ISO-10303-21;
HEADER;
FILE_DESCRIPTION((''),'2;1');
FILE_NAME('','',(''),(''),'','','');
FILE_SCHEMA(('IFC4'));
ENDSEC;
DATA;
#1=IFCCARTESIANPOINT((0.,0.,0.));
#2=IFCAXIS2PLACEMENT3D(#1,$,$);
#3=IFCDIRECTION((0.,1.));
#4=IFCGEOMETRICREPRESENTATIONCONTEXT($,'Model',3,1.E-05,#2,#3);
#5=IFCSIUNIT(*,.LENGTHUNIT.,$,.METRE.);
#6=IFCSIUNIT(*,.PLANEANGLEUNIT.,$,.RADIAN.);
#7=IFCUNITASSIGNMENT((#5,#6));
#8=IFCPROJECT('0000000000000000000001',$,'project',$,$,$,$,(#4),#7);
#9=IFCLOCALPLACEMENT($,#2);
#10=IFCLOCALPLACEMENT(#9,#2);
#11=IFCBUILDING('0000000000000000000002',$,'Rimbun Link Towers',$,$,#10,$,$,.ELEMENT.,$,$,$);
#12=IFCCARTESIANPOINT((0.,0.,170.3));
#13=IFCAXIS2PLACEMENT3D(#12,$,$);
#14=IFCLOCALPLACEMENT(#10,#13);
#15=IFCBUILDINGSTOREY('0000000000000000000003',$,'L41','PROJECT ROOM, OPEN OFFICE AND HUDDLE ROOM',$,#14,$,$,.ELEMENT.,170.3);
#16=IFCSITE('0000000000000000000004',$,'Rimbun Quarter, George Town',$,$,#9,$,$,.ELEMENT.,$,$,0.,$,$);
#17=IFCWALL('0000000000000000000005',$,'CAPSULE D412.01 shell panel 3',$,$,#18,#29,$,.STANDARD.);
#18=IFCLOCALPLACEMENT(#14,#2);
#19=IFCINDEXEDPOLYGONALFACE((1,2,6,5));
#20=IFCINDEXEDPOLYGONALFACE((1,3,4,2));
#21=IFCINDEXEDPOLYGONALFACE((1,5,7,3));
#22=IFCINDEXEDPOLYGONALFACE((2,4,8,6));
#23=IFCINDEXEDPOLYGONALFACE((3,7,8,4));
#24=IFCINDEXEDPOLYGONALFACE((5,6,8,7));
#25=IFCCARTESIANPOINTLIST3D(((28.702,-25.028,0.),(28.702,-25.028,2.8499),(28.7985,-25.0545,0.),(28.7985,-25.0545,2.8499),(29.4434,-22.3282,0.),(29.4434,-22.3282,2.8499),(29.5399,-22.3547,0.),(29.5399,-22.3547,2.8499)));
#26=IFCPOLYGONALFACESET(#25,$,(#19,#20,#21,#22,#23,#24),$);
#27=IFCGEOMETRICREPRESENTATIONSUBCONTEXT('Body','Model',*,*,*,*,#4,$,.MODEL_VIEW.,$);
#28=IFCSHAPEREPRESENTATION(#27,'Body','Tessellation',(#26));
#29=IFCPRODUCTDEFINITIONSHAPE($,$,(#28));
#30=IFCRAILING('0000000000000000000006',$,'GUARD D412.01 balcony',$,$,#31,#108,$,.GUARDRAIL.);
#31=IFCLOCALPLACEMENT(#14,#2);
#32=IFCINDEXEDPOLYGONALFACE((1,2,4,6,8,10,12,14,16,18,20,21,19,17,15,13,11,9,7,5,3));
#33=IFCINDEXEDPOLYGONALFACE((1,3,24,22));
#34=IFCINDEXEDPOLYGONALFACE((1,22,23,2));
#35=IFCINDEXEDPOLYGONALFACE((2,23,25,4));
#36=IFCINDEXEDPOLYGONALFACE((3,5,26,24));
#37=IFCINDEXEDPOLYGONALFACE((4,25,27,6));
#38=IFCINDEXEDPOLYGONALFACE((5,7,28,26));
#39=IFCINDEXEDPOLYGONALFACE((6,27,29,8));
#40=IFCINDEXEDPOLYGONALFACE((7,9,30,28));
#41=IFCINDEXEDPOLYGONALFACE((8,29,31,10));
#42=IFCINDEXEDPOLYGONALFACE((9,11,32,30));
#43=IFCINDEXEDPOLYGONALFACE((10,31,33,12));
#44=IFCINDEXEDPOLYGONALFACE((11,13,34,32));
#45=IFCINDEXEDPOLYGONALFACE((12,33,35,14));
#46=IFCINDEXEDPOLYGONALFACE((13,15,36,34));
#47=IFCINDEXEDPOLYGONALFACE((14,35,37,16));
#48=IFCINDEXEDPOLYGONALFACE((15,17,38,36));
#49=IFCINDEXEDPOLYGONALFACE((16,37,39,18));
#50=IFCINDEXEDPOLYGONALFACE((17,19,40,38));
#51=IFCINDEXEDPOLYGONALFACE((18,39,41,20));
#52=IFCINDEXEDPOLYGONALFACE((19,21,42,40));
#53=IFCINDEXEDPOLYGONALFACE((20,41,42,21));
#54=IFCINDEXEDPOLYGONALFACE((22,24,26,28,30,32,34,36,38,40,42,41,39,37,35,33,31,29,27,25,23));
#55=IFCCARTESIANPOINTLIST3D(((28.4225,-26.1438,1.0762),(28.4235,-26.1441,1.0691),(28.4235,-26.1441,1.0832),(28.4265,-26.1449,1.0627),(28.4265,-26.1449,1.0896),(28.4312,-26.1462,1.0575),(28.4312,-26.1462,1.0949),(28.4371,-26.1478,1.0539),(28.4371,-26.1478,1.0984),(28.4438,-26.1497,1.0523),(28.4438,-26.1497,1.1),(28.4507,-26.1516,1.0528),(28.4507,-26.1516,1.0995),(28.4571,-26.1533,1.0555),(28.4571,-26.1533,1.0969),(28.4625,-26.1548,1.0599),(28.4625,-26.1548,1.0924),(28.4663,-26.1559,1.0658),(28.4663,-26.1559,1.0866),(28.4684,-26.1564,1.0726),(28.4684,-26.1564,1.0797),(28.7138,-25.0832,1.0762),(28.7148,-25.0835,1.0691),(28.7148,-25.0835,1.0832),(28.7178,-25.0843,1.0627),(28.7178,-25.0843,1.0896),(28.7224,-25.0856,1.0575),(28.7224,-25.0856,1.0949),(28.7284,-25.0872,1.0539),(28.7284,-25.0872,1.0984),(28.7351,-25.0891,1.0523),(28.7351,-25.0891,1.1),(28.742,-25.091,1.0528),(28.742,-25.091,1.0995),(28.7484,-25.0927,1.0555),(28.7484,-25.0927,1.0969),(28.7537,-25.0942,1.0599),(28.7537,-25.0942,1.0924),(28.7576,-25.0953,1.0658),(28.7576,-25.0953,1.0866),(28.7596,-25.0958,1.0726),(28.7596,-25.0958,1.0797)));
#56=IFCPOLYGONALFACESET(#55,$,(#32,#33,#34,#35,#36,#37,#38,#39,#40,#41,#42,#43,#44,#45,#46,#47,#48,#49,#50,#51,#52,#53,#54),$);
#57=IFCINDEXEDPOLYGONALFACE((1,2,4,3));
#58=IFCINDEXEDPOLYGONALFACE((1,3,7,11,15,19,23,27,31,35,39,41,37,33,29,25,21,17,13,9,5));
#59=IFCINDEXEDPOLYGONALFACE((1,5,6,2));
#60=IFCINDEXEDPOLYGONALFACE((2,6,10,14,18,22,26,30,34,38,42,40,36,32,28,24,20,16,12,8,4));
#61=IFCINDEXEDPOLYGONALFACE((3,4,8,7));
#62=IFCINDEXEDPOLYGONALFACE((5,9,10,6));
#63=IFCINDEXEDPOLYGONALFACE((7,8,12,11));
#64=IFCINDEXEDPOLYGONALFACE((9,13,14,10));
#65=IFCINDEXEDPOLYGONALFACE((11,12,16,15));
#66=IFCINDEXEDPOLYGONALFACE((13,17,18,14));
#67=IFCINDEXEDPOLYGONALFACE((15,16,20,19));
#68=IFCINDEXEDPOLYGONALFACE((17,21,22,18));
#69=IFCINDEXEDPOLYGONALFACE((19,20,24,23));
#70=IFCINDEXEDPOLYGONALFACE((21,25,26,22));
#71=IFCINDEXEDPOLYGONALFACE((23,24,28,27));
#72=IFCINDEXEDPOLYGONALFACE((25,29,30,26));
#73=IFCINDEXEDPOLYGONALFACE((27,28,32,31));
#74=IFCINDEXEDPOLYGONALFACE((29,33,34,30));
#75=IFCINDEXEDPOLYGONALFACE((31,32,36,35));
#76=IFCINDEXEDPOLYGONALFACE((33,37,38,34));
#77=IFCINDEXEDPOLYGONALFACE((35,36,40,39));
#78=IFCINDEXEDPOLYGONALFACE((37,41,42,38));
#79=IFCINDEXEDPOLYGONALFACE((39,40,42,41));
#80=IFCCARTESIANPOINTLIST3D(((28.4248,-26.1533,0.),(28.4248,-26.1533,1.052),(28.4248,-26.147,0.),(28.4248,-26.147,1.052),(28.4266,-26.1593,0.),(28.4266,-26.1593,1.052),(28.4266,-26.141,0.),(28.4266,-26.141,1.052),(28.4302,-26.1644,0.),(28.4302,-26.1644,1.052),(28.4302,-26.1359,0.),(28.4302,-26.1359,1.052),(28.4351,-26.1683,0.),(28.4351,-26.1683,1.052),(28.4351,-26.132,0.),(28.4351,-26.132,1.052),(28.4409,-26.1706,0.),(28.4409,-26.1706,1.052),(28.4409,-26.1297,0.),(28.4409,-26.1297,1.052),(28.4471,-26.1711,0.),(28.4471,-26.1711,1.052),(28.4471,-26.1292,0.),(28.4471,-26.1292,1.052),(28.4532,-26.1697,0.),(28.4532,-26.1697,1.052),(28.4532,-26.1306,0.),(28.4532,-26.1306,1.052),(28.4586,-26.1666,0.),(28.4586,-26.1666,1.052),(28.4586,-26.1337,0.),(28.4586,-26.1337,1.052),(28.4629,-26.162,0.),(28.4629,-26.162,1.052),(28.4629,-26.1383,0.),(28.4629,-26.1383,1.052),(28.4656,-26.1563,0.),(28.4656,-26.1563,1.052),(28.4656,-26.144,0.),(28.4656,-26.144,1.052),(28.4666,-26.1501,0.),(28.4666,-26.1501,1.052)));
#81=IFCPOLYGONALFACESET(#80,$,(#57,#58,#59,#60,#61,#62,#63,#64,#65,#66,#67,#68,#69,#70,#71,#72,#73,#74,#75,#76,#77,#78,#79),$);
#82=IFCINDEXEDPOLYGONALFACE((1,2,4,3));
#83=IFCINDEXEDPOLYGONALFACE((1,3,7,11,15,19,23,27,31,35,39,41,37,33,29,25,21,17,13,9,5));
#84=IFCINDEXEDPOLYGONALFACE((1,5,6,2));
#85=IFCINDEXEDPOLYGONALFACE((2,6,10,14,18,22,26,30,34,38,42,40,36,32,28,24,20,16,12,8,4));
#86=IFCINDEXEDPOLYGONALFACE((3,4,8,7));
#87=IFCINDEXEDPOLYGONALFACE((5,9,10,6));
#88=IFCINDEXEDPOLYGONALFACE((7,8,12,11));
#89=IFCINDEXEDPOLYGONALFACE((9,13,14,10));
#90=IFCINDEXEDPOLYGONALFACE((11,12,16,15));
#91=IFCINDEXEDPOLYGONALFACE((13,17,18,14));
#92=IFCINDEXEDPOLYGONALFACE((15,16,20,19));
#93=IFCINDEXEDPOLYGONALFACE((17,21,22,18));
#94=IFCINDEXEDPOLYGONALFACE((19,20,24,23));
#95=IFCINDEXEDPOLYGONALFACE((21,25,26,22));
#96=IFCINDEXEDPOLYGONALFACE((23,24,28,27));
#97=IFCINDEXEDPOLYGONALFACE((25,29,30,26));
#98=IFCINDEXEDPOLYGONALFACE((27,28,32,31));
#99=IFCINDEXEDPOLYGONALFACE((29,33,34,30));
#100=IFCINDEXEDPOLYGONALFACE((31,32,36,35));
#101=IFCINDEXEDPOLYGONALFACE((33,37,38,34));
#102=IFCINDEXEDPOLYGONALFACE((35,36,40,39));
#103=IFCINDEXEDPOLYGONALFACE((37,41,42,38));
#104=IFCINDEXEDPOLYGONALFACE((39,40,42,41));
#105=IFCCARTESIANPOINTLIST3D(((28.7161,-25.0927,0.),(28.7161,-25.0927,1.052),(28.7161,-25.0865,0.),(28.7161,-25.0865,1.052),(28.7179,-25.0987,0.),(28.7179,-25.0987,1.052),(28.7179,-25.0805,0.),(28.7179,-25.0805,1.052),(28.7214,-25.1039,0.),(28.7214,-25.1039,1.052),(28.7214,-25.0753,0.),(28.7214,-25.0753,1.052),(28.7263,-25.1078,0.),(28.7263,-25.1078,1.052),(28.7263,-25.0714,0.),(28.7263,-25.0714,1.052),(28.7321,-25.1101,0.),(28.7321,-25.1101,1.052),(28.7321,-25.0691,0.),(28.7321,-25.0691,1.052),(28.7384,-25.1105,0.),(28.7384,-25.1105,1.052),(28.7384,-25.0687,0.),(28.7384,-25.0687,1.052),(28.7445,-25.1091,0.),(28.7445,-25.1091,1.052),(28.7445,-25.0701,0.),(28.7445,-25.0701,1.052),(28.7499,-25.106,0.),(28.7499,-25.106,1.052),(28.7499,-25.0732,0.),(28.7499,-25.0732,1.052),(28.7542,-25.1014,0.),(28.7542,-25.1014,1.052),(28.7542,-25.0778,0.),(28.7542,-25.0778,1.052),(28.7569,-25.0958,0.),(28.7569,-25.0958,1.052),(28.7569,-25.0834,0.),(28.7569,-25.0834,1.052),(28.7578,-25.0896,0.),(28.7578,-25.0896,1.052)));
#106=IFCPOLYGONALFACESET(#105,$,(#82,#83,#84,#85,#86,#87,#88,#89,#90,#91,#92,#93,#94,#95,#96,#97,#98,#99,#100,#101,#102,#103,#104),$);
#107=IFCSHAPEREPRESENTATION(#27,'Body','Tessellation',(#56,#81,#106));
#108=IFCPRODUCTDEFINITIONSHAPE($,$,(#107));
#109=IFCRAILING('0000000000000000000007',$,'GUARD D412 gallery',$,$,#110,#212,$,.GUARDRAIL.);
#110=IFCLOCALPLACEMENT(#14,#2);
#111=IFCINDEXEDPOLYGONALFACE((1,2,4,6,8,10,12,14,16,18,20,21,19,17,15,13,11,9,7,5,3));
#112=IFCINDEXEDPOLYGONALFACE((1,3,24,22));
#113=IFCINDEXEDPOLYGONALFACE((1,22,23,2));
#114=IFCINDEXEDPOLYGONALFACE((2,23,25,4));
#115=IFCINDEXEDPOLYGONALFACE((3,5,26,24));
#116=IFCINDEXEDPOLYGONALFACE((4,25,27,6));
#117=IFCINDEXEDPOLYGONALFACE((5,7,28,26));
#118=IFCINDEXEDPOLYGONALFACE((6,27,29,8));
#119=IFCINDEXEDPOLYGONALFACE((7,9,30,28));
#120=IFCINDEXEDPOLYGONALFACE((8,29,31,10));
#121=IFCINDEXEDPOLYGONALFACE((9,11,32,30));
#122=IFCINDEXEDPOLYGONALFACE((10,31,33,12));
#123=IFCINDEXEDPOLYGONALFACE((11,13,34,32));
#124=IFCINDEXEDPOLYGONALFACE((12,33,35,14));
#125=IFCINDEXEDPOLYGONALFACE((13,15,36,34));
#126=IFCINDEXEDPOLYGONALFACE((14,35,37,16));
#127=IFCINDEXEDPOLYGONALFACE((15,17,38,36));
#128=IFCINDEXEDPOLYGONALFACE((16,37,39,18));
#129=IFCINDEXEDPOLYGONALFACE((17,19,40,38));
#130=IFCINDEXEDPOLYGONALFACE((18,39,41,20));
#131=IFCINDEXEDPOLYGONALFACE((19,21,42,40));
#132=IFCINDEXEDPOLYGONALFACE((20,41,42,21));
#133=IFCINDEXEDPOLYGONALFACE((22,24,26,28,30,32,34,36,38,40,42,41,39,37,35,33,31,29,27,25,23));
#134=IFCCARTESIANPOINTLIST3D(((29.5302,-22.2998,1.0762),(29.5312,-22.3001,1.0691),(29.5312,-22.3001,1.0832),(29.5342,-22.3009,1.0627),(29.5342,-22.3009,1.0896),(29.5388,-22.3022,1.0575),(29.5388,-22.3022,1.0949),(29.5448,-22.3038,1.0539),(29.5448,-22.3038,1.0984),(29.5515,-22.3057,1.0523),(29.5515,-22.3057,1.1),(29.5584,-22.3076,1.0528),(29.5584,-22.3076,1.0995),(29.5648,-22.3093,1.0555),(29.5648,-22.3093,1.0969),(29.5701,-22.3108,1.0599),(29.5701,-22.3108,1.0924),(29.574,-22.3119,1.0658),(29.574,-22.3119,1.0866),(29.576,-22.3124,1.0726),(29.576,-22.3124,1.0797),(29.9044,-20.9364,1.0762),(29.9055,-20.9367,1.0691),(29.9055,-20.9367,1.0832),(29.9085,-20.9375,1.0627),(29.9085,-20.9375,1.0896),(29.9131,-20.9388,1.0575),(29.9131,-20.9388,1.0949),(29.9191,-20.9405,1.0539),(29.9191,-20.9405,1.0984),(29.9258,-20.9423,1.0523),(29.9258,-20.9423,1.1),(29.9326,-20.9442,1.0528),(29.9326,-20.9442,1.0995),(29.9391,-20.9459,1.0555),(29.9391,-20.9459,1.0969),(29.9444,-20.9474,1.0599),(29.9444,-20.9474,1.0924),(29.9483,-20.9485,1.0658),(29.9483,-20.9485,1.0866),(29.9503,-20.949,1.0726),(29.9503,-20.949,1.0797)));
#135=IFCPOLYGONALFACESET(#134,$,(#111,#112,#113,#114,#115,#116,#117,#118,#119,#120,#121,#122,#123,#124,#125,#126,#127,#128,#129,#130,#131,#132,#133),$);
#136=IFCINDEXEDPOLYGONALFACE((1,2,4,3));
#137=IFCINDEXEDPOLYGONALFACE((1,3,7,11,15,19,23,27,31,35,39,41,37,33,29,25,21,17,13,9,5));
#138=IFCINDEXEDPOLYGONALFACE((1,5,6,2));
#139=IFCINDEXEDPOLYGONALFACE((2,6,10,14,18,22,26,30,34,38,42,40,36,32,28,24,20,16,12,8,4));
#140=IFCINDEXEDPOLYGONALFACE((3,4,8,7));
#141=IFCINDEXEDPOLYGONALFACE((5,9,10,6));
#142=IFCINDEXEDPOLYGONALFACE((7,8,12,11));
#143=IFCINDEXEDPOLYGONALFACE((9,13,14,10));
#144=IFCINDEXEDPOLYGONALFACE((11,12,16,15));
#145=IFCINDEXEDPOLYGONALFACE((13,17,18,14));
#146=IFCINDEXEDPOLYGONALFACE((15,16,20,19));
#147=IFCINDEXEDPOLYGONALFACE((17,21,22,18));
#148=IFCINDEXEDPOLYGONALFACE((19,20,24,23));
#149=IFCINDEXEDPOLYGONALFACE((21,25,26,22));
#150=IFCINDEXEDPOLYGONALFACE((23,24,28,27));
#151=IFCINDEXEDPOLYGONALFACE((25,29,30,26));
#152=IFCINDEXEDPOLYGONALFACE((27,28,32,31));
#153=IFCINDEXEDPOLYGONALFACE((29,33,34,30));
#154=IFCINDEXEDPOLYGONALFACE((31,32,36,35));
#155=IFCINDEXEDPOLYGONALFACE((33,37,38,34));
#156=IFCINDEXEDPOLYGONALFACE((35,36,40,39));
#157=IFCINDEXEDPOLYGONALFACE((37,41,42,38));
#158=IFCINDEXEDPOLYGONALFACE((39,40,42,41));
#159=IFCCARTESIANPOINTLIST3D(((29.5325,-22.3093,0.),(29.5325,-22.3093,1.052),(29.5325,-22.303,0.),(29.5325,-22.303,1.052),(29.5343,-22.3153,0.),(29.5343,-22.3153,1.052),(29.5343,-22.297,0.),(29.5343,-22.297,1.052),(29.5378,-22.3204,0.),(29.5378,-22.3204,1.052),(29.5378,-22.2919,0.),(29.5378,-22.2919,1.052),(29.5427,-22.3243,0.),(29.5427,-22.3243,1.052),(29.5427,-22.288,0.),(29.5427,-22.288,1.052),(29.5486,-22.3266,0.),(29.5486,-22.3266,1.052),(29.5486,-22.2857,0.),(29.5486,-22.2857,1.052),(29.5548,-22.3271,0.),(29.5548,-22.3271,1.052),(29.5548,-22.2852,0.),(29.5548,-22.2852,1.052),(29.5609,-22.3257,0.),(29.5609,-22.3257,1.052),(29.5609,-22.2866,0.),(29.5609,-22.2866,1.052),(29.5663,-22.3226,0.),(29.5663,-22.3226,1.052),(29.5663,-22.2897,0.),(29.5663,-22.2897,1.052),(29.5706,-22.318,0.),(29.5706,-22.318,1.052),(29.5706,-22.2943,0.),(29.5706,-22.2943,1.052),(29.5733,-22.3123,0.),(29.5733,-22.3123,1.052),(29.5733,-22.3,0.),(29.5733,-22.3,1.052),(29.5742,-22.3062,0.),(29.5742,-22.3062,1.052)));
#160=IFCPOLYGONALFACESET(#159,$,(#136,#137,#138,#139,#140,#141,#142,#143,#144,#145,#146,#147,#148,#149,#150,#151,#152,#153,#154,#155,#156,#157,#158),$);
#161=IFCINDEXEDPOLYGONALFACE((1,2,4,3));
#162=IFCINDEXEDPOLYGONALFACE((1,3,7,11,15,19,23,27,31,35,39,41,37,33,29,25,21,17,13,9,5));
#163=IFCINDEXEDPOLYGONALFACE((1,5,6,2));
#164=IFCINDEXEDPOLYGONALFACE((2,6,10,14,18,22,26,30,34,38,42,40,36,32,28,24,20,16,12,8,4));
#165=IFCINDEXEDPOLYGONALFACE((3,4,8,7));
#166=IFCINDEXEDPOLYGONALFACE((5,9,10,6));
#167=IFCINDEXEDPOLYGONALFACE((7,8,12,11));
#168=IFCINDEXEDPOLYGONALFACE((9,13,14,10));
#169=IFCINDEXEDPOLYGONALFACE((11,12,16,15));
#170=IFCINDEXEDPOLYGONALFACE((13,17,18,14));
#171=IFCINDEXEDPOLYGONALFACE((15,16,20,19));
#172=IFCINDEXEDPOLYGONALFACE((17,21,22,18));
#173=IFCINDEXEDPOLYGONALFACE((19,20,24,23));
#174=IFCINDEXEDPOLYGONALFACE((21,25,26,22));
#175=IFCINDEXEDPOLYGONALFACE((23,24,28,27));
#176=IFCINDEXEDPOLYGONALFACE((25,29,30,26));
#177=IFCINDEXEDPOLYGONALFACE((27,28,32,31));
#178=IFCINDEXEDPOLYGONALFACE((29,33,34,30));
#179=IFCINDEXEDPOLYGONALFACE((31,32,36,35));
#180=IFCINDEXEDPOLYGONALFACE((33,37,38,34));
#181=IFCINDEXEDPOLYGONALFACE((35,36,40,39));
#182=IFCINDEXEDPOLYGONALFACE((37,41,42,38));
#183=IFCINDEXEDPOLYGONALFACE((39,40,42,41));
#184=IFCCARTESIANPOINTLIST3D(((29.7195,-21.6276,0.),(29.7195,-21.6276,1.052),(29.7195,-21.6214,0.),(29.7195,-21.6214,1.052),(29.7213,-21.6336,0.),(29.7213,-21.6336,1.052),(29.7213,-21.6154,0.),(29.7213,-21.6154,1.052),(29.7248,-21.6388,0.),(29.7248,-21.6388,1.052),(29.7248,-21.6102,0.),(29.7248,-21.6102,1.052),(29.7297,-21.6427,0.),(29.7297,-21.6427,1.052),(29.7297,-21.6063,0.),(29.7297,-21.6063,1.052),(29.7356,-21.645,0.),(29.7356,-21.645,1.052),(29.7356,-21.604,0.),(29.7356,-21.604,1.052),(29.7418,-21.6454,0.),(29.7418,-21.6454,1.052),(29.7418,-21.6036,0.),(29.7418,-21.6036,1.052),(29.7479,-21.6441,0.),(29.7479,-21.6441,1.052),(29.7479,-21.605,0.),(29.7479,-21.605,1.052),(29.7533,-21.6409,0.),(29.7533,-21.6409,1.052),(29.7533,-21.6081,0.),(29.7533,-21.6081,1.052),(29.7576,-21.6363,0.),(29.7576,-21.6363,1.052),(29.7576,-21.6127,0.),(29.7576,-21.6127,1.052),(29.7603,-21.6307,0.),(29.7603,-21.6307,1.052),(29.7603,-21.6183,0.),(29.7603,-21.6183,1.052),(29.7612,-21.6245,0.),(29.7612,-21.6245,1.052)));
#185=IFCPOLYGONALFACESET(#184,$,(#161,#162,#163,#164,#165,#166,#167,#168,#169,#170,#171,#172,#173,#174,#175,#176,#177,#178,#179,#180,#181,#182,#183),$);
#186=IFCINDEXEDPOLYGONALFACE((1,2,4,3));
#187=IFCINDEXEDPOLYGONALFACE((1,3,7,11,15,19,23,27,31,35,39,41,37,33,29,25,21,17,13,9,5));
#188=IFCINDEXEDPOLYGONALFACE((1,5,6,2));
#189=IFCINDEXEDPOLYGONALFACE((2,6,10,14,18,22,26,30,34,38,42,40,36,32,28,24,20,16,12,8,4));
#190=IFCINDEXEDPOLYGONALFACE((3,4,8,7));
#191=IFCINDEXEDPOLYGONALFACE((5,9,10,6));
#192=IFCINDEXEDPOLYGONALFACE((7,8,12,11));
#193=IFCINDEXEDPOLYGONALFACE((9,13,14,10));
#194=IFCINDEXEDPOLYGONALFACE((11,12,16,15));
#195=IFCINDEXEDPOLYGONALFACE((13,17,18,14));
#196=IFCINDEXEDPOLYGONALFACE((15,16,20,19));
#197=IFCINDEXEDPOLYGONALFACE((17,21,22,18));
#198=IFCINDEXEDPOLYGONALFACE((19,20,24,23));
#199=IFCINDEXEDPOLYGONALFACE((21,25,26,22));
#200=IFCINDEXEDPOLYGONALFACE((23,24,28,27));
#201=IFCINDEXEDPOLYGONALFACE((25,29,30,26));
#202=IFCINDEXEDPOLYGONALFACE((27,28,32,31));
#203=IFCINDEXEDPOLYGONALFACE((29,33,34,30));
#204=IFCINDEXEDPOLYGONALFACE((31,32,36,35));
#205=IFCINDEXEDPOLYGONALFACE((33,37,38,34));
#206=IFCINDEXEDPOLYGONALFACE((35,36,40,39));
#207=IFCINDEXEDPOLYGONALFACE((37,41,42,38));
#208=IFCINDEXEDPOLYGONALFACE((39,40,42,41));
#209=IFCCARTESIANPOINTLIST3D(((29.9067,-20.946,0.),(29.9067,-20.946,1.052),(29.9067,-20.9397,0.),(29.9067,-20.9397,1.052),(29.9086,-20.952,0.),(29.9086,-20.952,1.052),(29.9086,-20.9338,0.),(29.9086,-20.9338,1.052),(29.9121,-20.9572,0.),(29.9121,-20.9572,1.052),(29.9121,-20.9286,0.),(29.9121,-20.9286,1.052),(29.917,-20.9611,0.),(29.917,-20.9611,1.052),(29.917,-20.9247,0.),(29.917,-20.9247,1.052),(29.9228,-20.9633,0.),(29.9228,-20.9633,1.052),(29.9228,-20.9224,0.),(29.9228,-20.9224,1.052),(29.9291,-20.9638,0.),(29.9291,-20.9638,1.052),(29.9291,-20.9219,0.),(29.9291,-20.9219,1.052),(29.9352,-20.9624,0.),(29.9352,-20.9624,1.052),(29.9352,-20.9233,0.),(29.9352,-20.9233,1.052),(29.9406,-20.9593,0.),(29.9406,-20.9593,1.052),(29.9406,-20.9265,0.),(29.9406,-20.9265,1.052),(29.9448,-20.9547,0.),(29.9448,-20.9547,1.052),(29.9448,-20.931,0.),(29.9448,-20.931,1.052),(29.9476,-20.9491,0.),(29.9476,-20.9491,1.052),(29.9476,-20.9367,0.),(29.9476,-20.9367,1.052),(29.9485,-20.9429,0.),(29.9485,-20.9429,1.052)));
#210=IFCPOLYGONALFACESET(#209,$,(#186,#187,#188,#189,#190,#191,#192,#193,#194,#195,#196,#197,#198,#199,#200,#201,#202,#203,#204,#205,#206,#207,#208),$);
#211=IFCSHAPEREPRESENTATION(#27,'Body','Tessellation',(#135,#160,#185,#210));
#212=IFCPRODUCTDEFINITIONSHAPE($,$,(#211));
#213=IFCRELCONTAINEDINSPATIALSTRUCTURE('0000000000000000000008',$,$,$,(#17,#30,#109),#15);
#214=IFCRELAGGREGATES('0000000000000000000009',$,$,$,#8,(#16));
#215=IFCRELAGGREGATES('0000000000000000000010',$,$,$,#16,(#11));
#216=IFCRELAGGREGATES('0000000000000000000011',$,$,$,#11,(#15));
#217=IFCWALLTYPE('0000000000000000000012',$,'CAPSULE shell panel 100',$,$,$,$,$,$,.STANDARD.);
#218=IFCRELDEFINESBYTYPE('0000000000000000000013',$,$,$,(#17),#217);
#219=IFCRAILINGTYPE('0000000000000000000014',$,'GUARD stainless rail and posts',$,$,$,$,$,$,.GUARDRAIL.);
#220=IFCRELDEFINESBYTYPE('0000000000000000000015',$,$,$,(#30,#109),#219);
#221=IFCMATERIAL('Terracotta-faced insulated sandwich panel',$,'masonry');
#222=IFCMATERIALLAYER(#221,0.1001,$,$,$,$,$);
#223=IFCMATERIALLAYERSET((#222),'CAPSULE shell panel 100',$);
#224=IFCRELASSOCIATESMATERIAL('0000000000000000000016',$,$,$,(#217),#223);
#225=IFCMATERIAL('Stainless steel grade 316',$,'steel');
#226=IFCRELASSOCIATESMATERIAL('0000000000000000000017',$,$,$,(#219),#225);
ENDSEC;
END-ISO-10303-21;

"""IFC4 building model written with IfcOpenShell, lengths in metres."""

from ifc_helpers import new_model, si_unit, direction, frame, frame_2d, origin, origin_2d, place, context, subcontext, project, spatial, rectangle, circle, extrude, material, layer, layer_set, type_object, element, save


model = new_model("IFC4")

# Units and contexts
model_context = context("Model", 3, precision=1e-05, world=origin(), true_north=direction((0.0, 1.0)))
body_context = subcontext(model_context, "Body", "Model", "MODEL_VIEW")
ifc_project = project(units=[si_unit("LENGTHUNIT", "METRE"), si_unit("PLANEANGLEUNIT", "RADIAN")], contexts=[model_context])

# Site, building, storey
site_placement = place(None, origin())
site = spatial("IfcSite", under=ifc_project, at=site_placement, Name="Rimbun Quarter, George Town", CompositionType="ELEMENT", RefElevation=0.0)
building_placement = place(site_placement, origin())
building = spatial("IfcBuilding", under=site, at=building_placement, Name="Rimbun Link Towers", CompositionType="ELEMENT")
storey_placement = place(building_placement, frame((0.0, 0.0, 170.3)))
storey = spatial("IfcBuildingStorey", under=building, at=storey_placement, Name="L41", Description="PROJECT ROOM, OPEN OFFICE AND HUDDLE ROOM", CompositionType="ELEMENT", Elevation=170.3)

# Wall
ifc_material_1 = material(Name="Terracotta-faced insulated sandwich panel", Category="masonry")
ifc_layer_1 = layer(ifc_material_1, 0.1001)
ifc_layer_set_1 = layer_set([ifc_layer_1], Name="CAPSULE shell panel 100")
wall_type_1 = type_object("IfcWallType", Name="CAPSULE shell panel 100", PredefinedType="STANDARD", material=ifc_layer_set_1)
wall_1_placement = place(storey_placement, frame((28.7502, -25.0413, 0.0), z_axis=(0.0, 0.0, 1.0), x_axis=(0.264814, 0.9643, 0.0)))
element("IfcWall", 1, at=wall_1_placement, inside=storey, type_object=wall_type_1, Name="CAPSULE D412.01 shell panel 3", PredefinedType="STANDARD", context=body_context, shape_type="SweptSolid", body=[
    extrude(rectangle(XDim=2.7998, YDim=0.1001, at=frame_2d((1.3999, 0.0))), origin(), (0.0, 0.0, 1.0), 2.8499),
])

# Railings
ifc_material_2 = material(Name="Stainless steel grade 316", Category="steel")
railing_type = type_object("IfcRailingType", Name="GUARD stainless rail and posts", PredefinedType="GUARDRAIL", material=ifc_material_2)
railing_1_placement = place(storey_placement, frame((28.4456, -26.1501, 0.0)))
element("IfcRailing", 2, at=railing_1_placement, inside=storey, type_object=railing_type, Name="GUARD D412.01 balcony", PredefinedType="GUARDRAIL", context=body_context, shape_type="SweptSolid", body=[
    extrude(circle(Radius=0.0239, at=origin_2d()), frame((0.0, 0.0, 1.0762), z_axis=(0.264826, 0.964296, 0.0), x_axis=(-0.964296, 0.264826, 0.0)), (0.0, 0.0, 1.0), 1.0999),
    extrude(circle(Radius=0.021, at=origin_2d()), origin(), (0.0, 0.0, 1.0), 1.052),
    extrude(circle(Radius=0.021, at=origin_2d()), frame((0.2913, 1.0605, 0.0)), (0.0, 0.0, 1.0), 1.052),
])
railing_2_placement = place(storey_placement, frame((29.5532, -22.3062, 0.0)))
element("IfcRailing", 3, at=railing_2_placement, inside=storey, type_object=railing_type, Name="GUARD D412 gallery", PredefinedType="GUARDRAIL", context=body_context, shape_type="SweptSolid", body=[
    extrude(circle(Radius=0.0239, at=origin_2d()), frame((0.0, 0.0, 1.0762), z_axis=(0.264739, 0.96432, 0.0), x_axis=(-0.96432, 0.264739, 0.0)), (0.0, 0.0, 1.0), 1.4138),
    extrude(circle(Radius=0.021, at=origin_2d()), origin(), (0.0, 0.0, 1.0), 1.052),
    extrude(circle(Radius=0.021, at=origin_2d()), frame((0.187, 0.6816, 0.0)), (0.0, 0.0, 1.0), 1.052),
    extrude(circle(Radius=0.021, at=origin_2d()), frame((0.3743, 1.3633, 0.0)), (0.0, 0.0, 1.0), 1.052),
])

save(model, "model.ifc")
